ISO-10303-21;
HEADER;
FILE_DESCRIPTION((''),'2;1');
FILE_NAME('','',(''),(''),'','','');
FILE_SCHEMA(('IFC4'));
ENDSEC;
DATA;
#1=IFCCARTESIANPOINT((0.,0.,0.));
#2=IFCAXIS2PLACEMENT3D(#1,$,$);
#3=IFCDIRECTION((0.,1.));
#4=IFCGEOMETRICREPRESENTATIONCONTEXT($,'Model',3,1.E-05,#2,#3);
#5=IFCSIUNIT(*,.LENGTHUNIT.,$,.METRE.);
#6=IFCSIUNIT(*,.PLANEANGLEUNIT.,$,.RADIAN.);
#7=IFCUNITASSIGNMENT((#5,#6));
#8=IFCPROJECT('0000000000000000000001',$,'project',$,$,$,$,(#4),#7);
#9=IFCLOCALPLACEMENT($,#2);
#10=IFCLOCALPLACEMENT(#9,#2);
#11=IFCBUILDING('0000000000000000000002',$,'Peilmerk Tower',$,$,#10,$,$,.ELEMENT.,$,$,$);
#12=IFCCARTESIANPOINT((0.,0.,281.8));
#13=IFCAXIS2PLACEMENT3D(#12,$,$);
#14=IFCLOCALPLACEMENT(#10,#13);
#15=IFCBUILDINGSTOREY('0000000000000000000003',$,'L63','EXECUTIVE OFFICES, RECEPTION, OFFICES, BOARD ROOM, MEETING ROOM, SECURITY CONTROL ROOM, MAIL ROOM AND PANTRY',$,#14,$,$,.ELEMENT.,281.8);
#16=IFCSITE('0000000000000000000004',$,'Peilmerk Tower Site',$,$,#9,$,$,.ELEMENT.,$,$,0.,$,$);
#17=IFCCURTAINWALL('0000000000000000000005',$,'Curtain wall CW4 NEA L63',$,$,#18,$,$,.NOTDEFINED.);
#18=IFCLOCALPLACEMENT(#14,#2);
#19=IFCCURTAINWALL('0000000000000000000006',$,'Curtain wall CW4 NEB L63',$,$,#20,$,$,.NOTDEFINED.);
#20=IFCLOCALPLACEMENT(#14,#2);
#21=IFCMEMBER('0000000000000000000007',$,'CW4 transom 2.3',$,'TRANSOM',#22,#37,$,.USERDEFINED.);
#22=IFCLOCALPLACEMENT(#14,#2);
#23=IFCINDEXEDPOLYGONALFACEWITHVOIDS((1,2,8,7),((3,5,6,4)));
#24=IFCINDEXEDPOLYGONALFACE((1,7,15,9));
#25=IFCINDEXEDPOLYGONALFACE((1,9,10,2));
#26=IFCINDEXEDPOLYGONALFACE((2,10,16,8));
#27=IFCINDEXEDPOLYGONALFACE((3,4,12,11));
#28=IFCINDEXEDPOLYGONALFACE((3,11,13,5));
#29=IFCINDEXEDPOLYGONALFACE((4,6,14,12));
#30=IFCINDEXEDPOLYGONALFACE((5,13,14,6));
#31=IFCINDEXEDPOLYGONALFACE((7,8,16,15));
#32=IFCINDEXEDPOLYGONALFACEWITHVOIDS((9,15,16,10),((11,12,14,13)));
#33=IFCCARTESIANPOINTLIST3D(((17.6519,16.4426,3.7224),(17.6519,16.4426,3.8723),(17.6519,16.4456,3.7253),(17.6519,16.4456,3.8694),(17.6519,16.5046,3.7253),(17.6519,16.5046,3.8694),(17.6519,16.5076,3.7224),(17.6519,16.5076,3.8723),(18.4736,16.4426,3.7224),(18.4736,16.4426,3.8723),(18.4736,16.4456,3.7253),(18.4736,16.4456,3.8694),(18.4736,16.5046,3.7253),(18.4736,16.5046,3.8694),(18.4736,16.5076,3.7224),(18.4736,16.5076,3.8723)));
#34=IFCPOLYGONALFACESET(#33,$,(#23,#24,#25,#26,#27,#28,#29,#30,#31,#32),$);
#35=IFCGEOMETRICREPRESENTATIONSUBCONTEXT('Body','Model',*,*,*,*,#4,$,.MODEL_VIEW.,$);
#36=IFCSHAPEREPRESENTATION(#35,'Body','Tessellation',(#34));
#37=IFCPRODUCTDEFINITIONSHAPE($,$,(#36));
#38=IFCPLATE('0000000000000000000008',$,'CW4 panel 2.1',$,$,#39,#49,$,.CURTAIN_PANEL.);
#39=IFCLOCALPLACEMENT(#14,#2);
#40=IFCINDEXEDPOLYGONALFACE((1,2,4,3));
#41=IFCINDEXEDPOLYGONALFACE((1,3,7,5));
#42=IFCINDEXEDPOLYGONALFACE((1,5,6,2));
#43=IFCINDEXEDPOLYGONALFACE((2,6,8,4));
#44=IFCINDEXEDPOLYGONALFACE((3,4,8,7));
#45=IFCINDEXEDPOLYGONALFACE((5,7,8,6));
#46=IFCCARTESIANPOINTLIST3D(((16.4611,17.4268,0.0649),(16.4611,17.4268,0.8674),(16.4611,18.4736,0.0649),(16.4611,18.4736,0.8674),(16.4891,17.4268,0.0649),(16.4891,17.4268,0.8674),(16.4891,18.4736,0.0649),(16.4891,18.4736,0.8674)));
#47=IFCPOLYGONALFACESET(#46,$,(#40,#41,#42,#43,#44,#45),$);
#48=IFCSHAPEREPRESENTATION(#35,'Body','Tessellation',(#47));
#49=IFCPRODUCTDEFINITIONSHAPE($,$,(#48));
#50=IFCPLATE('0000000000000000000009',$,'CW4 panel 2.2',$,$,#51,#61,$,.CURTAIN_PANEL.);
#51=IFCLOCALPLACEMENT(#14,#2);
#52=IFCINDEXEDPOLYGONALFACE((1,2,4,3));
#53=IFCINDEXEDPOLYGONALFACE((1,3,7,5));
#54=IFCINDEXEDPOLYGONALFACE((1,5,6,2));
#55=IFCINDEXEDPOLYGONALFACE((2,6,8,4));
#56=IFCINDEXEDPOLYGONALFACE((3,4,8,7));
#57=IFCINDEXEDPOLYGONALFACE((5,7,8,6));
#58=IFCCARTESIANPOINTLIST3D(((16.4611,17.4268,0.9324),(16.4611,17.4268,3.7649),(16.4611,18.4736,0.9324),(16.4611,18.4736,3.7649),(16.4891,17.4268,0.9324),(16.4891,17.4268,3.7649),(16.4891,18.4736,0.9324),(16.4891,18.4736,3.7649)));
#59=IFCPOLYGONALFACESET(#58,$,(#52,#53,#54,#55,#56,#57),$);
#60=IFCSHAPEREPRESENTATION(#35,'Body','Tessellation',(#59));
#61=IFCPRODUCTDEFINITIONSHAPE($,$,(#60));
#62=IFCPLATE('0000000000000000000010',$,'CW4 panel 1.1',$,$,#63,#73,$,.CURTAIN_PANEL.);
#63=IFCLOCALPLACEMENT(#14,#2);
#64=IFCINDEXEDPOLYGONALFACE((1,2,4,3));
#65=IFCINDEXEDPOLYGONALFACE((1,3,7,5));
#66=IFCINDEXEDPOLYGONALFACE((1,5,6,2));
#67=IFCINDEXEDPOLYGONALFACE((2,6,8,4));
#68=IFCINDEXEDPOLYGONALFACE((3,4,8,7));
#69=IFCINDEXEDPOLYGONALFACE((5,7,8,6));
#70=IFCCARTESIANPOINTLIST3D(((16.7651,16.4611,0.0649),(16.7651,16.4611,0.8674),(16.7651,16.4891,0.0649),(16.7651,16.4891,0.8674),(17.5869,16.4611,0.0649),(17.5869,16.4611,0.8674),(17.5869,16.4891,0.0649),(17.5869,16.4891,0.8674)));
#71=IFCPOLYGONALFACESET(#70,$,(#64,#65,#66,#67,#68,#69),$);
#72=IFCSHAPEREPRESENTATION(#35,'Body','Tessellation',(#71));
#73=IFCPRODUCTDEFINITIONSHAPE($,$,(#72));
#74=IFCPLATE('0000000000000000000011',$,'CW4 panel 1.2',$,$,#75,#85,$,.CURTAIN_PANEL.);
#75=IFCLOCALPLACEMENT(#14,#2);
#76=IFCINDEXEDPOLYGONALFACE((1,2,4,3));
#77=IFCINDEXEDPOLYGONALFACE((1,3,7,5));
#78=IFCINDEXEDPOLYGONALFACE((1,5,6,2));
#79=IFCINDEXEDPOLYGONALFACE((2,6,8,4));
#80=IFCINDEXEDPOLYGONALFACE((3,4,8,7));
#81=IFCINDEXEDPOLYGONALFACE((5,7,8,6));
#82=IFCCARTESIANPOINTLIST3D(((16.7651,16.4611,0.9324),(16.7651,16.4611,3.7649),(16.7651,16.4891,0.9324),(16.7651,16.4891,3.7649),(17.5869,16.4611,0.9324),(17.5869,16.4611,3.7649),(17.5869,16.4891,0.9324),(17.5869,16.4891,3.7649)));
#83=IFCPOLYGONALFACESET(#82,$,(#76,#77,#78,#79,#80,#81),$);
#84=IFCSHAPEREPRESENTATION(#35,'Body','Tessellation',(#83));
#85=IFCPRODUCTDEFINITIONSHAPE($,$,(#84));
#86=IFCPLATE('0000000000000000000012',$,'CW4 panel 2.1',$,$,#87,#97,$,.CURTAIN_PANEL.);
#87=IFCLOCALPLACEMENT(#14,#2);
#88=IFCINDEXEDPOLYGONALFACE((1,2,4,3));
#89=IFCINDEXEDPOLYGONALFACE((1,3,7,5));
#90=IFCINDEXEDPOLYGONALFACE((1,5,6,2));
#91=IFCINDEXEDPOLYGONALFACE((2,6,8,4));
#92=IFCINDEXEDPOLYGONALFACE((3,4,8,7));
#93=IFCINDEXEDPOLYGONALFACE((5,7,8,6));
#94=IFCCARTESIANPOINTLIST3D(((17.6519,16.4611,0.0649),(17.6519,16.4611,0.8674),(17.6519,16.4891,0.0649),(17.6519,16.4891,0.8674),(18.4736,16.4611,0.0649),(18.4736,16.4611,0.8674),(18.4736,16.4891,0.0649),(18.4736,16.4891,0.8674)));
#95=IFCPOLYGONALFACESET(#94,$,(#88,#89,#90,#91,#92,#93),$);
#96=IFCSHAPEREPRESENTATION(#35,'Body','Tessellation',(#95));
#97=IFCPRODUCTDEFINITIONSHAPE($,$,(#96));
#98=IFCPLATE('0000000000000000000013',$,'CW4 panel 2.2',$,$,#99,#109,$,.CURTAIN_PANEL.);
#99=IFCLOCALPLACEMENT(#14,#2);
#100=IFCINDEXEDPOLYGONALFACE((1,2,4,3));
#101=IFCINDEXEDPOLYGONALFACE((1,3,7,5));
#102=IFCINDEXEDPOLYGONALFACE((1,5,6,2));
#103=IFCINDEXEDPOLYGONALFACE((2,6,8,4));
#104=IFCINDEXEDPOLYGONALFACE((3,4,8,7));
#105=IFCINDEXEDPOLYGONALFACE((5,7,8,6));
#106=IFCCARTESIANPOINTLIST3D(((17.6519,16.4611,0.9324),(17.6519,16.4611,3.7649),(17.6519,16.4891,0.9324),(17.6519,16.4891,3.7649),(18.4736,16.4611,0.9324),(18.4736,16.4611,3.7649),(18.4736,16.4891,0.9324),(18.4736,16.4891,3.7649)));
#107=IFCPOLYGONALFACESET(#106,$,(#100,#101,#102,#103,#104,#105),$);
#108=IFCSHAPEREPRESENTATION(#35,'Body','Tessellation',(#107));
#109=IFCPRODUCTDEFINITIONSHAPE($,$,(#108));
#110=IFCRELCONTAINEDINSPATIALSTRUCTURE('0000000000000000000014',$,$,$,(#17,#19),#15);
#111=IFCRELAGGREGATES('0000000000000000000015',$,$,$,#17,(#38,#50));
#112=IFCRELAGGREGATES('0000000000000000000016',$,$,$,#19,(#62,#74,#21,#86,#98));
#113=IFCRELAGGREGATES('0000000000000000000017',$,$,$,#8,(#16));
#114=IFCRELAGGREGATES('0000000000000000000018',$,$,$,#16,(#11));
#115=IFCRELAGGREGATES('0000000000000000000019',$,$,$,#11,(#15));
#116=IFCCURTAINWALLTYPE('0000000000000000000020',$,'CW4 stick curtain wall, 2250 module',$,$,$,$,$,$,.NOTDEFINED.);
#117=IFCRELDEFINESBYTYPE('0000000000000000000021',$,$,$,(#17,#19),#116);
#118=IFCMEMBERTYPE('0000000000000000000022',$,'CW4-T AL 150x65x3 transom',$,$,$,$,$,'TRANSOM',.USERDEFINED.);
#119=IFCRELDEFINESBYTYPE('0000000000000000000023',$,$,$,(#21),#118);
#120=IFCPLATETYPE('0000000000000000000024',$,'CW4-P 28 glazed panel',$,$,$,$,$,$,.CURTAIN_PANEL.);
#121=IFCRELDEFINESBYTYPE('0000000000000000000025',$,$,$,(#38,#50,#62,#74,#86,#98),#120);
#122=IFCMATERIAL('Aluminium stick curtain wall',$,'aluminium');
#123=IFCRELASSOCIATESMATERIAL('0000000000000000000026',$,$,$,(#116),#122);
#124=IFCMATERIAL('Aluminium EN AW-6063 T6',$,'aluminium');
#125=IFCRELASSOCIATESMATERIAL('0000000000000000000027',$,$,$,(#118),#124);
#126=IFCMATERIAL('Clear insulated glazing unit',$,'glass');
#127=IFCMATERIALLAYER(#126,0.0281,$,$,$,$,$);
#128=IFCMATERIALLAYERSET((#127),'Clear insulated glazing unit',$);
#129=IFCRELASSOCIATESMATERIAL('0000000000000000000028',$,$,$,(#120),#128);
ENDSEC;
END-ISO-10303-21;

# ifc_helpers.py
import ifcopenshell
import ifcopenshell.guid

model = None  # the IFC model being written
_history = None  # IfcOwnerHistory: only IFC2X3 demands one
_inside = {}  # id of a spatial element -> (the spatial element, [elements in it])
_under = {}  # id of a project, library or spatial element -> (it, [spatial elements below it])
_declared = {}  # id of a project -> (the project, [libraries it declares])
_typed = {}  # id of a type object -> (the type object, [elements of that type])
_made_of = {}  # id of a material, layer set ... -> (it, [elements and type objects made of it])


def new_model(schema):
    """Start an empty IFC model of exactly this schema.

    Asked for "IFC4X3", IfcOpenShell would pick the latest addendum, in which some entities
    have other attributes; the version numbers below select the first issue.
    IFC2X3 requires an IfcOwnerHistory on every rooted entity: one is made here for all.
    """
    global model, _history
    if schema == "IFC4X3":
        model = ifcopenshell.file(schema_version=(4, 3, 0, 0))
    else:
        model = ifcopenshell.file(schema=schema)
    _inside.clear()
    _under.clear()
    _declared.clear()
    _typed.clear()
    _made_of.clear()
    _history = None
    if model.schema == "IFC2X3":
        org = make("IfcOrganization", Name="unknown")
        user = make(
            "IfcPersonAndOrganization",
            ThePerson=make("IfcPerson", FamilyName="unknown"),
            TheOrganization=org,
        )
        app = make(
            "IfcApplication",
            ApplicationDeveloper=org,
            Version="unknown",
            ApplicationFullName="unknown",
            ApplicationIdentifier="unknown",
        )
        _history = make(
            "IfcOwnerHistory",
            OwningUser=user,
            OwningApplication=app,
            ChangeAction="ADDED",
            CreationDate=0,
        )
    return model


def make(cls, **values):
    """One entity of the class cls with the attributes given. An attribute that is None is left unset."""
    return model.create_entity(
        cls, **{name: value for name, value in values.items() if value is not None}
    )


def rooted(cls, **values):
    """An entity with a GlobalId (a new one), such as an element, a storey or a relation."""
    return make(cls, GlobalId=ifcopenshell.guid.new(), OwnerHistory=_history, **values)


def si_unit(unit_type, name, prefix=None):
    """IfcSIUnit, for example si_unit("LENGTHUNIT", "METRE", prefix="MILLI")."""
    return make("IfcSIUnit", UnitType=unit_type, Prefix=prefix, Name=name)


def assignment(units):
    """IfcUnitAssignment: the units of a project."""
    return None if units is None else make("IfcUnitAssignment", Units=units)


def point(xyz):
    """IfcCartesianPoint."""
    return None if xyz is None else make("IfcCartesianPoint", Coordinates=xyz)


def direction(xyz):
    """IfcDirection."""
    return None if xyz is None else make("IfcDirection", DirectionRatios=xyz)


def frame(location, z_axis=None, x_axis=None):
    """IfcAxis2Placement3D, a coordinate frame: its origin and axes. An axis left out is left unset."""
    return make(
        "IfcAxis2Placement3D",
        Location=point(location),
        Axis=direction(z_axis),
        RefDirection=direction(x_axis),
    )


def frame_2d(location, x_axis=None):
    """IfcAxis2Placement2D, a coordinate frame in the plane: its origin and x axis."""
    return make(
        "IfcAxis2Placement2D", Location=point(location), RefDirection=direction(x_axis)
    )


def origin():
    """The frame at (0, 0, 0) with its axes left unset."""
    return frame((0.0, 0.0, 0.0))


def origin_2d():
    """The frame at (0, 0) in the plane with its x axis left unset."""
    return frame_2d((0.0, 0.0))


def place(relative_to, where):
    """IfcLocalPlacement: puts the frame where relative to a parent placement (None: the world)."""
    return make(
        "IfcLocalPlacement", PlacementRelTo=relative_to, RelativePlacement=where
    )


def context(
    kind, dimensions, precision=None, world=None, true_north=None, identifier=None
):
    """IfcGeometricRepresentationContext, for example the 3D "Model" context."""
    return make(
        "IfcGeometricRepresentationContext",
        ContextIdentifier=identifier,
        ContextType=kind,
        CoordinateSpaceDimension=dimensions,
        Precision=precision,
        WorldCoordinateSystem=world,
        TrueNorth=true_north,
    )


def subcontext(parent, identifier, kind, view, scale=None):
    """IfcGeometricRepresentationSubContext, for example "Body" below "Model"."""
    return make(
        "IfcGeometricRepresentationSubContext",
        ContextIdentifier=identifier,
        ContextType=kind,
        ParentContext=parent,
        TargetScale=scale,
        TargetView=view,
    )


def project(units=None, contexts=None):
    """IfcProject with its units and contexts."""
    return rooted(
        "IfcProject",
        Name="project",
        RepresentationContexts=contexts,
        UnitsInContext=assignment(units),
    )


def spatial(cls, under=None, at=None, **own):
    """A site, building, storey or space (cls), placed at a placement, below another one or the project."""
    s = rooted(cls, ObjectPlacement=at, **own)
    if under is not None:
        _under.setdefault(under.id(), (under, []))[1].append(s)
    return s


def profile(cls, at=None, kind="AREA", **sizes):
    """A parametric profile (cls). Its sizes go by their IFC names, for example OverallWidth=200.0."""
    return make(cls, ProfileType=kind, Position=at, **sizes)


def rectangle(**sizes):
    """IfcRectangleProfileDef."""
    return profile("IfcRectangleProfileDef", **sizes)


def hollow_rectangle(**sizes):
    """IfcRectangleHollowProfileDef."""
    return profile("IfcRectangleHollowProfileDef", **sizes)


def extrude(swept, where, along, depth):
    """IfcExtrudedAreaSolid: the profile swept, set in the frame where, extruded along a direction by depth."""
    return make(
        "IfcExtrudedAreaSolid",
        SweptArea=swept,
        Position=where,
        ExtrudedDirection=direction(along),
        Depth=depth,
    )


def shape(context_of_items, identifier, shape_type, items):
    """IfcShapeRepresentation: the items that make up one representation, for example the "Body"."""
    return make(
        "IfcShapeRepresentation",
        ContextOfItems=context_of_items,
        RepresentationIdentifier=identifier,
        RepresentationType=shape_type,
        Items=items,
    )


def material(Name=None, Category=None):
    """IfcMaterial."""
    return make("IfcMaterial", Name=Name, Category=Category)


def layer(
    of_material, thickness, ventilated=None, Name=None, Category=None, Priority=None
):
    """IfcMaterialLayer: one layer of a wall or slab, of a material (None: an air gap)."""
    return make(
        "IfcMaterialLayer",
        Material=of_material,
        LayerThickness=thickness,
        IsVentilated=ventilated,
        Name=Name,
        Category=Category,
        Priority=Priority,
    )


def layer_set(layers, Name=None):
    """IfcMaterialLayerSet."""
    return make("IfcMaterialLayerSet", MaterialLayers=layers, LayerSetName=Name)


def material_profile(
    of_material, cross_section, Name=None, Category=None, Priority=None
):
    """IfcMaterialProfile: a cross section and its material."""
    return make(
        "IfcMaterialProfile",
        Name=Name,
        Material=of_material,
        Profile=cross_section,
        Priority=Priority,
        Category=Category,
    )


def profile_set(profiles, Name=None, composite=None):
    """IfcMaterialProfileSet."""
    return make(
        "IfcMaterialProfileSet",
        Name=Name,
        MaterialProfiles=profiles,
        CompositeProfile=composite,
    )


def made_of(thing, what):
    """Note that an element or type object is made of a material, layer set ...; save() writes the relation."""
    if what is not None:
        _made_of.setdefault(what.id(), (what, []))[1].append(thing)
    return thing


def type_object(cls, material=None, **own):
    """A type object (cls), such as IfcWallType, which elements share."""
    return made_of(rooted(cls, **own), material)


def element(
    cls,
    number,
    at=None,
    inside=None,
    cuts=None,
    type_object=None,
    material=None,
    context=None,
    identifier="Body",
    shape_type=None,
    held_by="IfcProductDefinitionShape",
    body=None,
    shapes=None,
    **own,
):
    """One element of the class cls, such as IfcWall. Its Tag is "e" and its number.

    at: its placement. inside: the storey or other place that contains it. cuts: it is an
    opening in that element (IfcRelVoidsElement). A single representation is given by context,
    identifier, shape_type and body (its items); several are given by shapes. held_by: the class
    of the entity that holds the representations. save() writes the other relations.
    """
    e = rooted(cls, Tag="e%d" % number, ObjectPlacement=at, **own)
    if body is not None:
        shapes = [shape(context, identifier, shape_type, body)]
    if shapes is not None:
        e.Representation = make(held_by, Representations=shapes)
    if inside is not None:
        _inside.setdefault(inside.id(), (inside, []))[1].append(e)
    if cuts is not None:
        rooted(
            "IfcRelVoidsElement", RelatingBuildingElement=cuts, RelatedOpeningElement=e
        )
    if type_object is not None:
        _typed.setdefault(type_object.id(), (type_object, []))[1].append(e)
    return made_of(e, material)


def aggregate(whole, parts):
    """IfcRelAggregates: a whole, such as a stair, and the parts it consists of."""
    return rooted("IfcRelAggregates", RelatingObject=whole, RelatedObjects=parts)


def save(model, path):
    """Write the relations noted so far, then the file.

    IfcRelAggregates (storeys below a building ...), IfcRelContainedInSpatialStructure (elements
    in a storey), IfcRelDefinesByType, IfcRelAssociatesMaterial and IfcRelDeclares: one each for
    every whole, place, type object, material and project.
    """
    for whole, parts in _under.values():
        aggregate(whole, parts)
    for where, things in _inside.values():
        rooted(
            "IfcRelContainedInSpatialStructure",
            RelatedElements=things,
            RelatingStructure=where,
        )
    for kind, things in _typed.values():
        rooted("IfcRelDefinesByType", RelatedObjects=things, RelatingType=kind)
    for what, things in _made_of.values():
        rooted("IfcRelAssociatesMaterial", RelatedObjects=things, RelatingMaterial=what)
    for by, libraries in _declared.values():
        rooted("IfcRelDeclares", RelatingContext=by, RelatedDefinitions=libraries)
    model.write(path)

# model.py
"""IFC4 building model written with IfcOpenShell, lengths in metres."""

from ifc_helpers import new_model, si_unit, direction, frame, origin, origin_2d, place, context, subcontext, project, spatial, rectangle, hollow_rectangle, extrude, material, layer, layer_set, material_profile, profile_set, type_object, element, aggregate, save


model = new_model("IFC4")

# Units and contexts
model_context = context("Model", 3, precision=1e-05, world=origin(), true_north=direction((0.0, 1.0)))
body_context = subcontext(model_context, "Body", "Model", "MODEL_VIEW")
ifc_project = project(units=[si_unit("LENGTHUNIT", "METRE"), si_unit("PLANEANGLEUNIT", "RADIAN")], contexts=[model_context])

# Site, building, storey
site_placement = place(None, origin())
site = spatial("IfcSite", under=ifc_project, at=site_placement, Name="Peilmerk Tower Site", CompositionType="ELEMENT", RefElevation=0.0)
building_placement = place(site_placement, origin())
building = spatial("IfcBuilding", under=site, at=building_placement, Name="Peilmerk Tower", CompositionType="ELEMENT")
storey_placement = place(building_placement, frame((0.0, 0.0, 281.8)))
storey = spatial("IfcBuildingStorey", under=building, at=storey_placement, Name="L63", Description="EXECUTIVE OFFICES, RECEPTION, OFFICES, BOARD ROOM, MEETING ROOM, SECURITY CONTROL ROOM, MAIL ROOM AND PANTRY", CompositionType="ELEMENT", Elevation=281.8)

# Curtain wall
ifc_material_1 = material(Name="Aluminium stick curtain wall", Category="aluminium")
curtain_wall_type = type_object("IfcCurtainWallType", Name="CW4 stick curtain wall, 2250 module", PredefinedType="NOTDEFINED", material=ifc_material_1)
curtain_wall_1_placement = place(storey_placement, origin())
curtain_wall_1 = element("IfcCurtainWall", 1, at=curtain_wall_1_placement, inside=storey, type_object=curtain_wall_type, Name="Curtain wall CW4 NEA L63", PredefinedType="NOTDEFINED")
ifc_material_2 = material(Name="Aluminium EN AW-6063 T6", Category="aluminium")

# Curtain wall
curtain_wall_2_placement = place(storey_placement, origin())
curtain_wall_2 = element("IfcCurtainWall", 2, at=curtain_wall_2_placement, inside=storey, type_object=curtain_wall_type, Name="Curtain wall CW4 NEB L63", PredefinedType="NOTDEFINED")

# Member
ifc_material_profile_1 = material_profile(ifc_material_2, hollow_rectangle(XDim=0.0649, YDim=0.1499, WallThickness=0.0029, at=origin_2d()), Name="AL 150x65x3")
ifc_profile_set_1 = profile_set([ifc_material_profile_1], Name="Aluminium EN AW-6063 T6")
member_type_1 = type_object("IfcMemberType", Name="CW4-T AL 150x65x3 transom", ElementType="TRANSOM", PredefinedType="USERDEFINED", material=ifc_profile_set_1)
member_1_placement = place(storey_placement, frame((17.6519, 16.4751, 3.7974), z_axis=(1.0, 0.0, 0.0), x_axis=(0.0, 1.0, 0.0)))
member_1 = element("IfcMember", 3, at=member_1_placement, type_object=member_type_1, Name="CW4 transom 2.3", ObjectType="TRANSOM", PredefinedType="USERDEFINED", context=body_context, shape_type="SweptSolid", body=[
    extrude(hollow_rectangle(XDim=0.0649, YDim=0.1499, WallThickness=0.0029, at=origin_2d()), origin(), (0.0, 0.0, 1.0), 0.8218),
])

# Plates
ifc_material_3 = material(Name="Clear insulated glazing unit", Category="glass")
ifc_layer_1 = layer(ifc_material_3, 0.0281)
ifc_layer_set_1 = layer_set([ifc_layer_1], Name="Clear insulated glazing unit")
plate_type = type_object("IfcPlateType", Name="CW4-P 28 glazed panel", PredefinedType="CURTAIN_PANEL", material=ifc_layer_set_1)
plate_1_placement = place(storey_placement, frame((16.4751, 17.9502, 0.0649), z_axis=(0.0, 0.0, 1.0), x_axis=(0.0, 1.0, 0.0)))
plate_1 = element("IfcPlate", 4, at=plate_1_placement, type_object=plate_type, Name="CW4 panel 2.1", PredefinedType="CURTAIN_PANEL", context=body_context, shape_type="SweptSolid", body=[
    extrude(rectangle(XDim=1.0469, YDim=0.0281, at=origin_2d()), origin(), (0.0, 0.0, 1.0), 0.8025),
])
plate_2_placement = place(storey_placement, frame((16.4751, 17.9502, 0.9324), z_axis=(0.0, 0.0, 1.0), x_axis=(0.0, 1.0, 0.0)))
plate_2 = element("IfcPlate", 5, at=plate_2_placement, type_object=plate_type, Name="CW4 panel 2.2", PredefinedType="CURTAIN_PANEL", context=body_context, shape_type="SweptSolid", body=[
    extrude(rectangle(XDim=1.0469, YDim=0.0281, at=origin_2d()), origin(), (0.0, 0.0, 1.0), 2.8325),
])
aggregate(curtain_wall_1, [plate_1, plate_2])
plate_3_placement = place(storey_placement, frame((17.176, 16.4751, 0.0649), z_axis=(0.0, 0.0, 1.0), x_axis=(1.0, 0.0, 0.0)))
plate_3 = element("IfcPlate", 6, at=plate_3_placement, type_object=plate_type, Name="CW4 panel 1.1", PredefinedType="CURTAIN_PANEL", context=body_context, shape_type="SweptSolid", body=[
    extrude(rectangle(XDim=0.8218, YDim=0.0281, at=origin_2d()), origin(), (0.0, 0.0, 1.0), 0.8025),
])
plate_4_placement = place(storey_placement, frame((17.176, 16.4751, 0.9324), z_axis=(0.0, 0.0, 1.0), x_axis=(1.0, 0.0, 0.0)))
plate_4 = element("IfcPlate", 7, at=plate_4_placement, type_object=plate_type, Name="CW4 panel 1.2", PredefinedType="CURTAIN_PANEL", context=body_context, shape_type="SweptSolid", body=[
    extrude(rectangle(XDim=0.8218, YDim=0.0281, at=origin_2d()), origin(), (0.0, 0.0, 1.0), 2.8325),
])
plate_5_placement = place(storey_placement, frame((18.0627, 16.4751, 0.0649), z_axis=(0.0, 0.0, 1.0), x_axis=(1.0, 0.0, 0.0)))
plate_5 = element("IfcPlate", 8, at=plate_5_placement, type_object=plate_type, Name="CW4 panel 2.1", PredefinedType="CURTAIN_PANEL", context=body_context, shape_type="SweptSolid", body=[
    extrude(rectangle(XDim=0.8218, YDim=0.0281, at=origin_2d()), origin(), (0.0, 0.0, 1.0), 0.8025),
])
plate_6_placement = place(storey_placement, frame((18.0627, 16.4751, 0.9324), z_axis=(0.0, 0.0, 1.0), x_axis=(1.0, 0.0, 0.0)))
plate_6 = element("IfcPlate", 9, at=plate_6_placement, type_object=plate_type, Name="CW4 panel 2.2", PredefinedType="CURTAIN_PANEL", context=body_context, shape_type="SweptSolid", body=[
    extrude(rectangle(XDim=0.8218, YDim=0.0281, at=origin_2d()), origin(), (0.0, 0.0, 1.0), 2.8325),
])
aggregate(curtain_wall_2, [plate_3, plate_4, member_1, plate_5, plate_6])

save(model, "model.ifc")
